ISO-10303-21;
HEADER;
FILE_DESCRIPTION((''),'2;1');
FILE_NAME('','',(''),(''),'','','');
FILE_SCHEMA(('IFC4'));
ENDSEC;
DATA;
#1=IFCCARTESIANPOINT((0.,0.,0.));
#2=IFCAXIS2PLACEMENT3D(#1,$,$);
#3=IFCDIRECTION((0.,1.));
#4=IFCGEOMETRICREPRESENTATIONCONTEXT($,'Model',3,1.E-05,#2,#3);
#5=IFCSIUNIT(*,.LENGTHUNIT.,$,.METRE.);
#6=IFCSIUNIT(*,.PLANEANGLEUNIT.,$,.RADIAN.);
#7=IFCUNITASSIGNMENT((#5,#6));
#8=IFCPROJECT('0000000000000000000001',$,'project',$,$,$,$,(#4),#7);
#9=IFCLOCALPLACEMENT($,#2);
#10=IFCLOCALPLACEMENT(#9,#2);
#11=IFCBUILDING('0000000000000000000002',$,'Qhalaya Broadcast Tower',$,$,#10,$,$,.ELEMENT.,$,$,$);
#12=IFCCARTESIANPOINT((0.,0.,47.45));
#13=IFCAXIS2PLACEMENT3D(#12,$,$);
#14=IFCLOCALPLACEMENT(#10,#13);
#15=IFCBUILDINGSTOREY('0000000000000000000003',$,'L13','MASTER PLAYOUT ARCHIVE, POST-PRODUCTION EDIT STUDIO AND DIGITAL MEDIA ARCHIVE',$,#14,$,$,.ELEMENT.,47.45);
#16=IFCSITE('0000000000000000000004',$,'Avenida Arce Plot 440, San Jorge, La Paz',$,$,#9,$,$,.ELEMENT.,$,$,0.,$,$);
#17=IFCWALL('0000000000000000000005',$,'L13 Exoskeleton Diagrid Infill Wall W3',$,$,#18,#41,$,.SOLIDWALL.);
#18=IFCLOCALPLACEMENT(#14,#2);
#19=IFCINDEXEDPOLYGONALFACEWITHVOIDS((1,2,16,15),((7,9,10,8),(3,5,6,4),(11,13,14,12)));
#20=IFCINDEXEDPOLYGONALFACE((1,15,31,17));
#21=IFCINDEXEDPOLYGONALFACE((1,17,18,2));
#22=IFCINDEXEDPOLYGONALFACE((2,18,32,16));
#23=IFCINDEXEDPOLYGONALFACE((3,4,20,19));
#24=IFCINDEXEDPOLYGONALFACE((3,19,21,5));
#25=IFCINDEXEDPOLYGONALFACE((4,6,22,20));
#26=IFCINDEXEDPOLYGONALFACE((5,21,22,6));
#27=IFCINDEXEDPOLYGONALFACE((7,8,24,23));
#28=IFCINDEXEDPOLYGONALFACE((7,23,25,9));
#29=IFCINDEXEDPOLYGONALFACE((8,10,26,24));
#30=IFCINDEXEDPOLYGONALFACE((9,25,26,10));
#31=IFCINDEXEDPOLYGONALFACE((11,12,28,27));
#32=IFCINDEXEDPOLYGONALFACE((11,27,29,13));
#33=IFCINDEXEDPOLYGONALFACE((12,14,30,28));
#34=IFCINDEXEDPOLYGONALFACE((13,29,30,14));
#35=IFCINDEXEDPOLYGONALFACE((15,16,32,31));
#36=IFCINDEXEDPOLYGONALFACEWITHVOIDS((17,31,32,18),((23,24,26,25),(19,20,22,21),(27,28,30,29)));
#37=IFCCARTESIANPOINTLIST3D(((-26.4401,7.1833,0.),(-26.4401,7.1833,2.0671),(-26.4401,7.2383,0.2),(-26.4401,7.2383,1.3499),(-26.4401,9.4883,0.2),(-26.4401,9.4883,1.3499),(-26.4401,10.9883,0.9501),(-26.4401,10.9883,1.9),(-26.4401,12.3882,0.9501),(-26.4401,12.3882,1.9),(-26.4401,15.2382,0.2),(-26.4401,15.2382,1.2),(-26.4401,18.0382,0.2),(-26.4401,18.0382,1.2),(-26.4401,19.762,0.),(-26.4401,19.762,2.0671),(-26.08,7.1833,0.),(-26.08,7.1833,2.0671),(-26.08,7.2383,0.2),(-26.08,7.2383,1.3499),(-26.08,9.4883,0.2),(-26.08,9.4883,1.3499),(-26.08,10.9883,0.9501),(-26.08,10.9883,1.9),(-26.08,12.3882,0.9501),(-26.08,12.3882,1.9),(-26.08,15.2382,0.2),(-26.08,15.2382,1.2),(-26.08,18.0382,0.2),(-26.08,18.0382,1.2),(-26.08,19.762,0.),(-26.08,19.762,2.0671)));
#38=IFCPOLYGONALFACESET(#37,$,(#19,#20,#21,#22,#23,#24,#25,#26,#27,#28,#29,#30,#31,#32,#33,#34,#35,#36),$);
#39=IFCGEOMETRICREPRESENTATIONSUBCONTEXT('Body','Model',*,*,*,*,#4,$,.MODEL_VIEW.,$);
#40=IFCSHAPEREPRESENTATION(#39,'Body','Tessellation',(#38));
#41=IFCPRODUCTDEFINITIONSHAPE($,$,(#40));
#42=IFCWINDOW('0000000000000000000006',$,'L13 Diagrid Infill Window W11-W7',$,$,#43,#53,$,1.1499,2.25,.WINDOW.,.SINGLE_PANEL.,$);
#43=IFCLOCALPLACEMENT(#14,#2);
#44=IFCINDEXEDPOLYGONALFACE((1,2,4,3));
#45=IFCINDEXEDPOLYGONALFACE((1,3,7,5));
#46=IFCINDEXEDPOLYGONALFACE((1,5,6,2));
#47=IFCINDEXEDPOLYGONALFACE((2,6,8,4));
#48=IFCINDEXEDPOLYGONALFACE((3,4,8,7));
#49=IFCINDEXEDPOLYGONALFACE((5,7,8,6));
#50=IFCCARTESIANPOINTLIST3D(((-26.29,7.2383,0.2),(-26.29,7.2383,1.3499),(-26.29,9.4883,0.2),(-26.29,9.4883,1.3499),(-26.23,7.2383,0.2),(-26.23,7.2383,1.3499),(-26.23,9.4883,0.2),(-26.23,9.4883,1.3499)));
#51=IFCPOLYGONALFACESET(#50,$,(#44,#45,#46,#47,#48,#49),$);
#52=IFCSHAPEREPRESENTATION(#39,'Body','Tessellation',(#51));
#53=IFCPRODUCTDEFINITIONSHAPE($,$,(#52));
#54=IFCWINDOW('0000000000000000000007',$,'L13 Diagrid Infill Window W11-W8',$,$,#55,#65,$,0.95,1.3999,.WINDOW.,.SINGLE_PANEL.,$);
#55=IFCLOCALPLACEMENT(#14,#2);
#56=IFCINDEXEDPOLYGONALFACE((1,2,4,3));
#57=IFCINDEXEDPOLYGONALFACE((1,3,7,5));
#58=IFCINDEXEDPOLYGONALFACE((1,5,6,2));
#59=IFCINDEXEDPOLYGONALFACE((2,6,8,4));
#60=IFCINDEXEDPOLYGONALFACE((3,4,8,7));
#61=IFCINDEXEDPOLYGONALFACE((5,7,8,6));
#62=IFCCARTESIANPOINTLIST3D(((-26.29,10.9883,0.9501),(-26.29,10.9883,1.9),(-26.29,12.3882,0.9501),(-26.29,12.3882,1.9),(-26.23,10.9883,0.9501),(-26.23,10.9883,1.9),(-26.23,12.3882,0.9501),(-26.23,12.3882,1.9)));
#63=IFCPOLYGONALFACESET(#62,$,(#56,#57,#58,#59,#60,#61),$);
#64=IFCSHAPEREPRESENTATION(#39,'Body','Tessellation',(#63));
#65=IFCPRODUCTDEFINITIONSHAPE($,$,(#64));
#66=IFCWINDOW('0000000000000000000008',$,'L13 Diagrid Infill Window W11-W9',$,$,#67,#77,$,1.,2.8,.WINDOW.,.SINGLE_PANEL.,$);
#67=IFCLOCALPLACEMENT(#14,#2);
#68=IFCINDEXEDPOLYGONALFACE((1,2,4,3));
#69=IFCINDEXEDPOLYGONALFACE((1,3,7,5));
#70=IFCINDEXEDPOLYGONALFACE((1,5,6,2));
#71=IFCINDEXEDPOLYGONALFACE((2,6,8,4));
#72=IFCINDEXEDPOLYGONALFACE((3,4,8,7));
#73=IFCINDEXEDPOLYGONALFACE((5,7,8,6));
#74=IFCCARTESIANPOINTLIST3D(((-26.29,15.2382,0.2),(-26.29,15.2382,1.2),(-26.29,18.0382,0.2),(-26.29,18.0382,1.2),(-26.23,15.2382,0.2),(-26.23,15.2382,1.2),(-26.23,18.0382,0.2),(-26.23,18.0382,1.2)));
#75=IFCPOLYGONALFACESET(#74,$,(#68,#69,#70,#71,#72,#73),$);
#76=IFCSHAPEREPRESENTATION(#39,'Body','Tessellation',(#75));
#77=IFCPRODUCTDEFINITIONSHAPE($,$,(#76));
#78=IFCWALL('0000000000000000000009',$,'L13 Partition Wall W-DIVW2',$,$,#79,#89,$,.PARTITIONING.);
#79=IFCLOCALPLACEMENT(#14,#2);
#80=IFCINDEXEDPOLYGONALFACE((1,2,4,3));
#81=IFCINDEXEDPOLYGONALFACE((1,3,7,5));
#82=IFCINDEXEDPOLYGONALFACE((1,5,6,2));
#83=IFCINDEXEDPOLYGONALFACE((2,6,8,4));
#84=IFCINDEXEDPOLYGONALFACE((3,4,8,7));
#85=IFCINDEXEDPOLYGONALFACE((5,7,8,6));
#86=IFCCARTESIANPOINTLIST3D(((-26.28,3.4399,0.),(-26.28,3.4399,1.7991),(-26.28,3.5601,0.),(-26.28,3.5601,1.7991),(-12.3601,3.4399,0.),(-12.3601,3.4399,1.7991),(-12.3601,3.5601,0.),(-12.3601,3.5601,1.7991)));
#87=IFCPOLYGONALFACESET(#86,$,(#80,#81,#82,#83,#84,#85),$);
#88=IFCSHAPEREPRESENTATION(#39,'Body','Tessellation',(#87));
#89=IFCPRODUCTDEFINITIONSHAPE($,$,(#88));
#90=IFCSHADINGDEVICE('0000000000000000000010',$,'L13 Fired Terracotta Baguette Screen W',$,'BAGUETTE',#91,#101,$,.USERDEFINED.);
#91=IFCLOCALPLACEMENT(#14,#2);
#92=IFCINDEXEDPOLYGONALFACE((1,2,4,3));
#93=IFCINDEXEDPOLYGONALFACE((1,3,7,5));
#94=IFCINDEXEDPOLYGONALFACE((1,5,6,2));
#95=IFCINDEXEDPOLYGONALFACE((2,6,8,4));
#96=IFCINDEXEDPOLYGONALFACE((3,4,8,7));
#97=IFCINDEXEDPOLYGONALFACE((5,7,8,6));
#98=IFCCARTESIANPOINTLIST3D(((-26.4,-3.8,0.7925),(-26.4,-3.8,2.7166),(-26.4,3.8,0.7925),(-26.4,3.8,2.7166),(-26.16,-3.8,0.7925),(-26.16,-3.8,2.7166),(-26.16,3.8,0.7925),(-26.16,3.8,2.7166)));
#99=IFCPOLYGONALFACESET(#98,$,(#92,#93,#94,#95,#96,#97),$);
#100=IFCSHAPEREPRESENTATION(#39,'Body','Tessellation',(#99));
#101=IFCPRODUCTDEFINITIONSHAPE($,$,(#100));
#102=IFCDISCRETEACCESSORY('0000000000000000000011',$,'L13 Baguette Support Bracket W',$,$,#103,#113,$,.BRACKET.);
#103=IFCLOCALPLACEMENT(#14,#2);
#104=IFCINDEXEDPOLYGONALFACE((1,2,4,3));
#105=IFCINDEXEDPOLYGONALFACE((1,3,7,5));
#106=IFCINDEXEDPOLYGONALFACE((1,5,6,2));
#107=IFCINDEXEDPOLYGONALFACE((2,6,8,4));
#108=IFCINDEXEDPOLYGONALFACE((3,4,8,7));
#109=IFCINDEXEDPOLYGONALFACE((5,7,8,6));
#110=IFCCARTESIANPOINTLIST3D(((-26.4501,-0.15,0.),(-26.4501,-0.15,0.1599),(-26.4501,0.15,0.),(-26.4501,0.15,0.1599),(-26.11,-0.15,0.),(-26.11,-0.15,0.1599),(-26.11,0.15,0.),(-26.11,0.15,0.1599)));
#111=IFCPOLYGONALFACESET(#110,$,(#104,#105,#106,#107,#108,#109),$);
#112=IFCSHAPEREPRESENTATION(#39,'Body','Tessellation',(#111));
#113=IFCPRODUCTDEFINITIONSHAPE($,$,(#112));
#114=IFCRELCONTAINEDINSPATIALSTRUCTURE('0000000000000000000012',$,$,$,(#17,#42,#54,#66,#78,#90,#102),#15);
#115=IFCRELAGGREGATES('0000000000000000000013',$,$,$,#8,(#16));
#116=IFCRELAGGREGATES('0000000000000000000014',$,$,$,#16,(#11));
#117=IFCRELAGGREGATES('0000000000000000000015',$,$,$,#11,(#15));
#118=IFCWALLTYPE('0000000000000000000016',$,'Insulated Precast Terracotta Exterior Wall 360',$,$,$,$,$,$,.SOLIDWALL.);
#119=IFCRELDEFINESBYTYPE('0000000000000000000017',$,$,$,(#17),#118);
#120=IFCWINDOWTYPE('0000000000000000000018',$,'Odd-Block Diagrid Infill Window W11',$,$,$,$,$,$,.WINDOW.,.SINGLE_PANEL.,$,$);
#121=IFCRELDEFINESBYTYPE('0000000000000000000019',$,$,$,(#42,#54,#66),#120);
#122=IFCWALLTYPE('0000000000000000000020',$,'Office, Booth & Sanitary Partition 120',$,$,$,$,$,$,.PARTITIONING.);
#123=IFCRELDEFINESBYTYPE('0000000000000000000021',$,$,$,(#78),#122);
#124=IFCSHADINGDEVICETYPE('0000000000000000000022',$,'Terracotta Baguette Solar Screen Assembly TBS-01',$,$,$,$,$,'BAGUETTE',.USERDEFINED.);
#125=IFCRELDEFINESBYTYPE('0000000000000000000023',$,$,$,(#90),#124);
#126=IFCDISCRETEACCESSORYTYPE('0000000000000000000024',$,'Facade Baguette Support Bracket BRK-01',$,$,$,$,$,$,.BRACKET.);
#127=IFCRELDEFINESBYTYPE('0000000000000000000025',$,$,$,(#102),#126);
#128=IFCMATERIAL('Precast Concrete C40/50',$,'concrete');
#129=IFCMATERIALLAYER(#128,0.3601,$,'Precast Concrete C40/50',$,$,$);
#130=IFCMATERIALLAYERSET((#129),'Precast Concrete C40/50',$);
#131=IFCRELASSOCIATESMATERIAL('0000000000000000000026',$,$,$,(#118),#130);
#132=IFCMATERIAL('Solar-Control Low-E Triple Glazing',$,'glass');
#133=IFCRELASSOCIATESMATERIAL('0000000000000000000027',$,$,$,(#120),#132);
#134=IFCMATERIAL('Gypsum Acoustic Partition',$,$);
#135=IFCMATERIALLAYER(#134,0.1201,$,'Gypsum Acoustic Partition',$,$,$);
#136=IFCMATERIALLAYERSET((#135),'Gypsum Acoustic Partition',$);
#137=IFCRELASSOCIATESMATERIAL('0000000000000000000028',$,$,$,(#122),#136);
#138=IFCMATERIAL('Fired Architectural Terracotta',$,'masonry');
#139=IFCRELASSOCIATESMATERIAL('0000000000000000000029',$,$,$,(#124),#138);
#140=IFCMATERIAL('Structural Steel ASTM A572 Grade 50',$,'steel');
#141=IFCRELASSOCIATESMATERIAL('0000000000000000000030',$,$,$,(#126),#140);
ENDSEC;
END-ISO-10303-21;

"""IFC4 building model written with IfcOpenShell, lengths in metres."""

from ifc_helpers import new_model, si_unit, direction, frame, frame_2d, origin, origin_2d, place, context, subcontext, project, spatial, rectangle, extrude, material, layer, layer_set, type_object, element, fill, save


model = new_model("IFC4")

# Units and contexts
model_context = context("Model", 3, precision=1e-05, world=origin(), true_north=direction((0.0, 1.0)))
body_context = subcontext(model_context, "Body", "Model", "MODEL_VIEW")
ifc_project = project(units=[si_unit("LENGTHUNIT", "METRE"), si_unit("PLANEANGLEUNIT", "RADIAN")], contexts=[model_context])

# Site, building, storey
site_placement = place(None, origin())
site = spatial("IfcSite", under=ifc_project, at=site_placement, Name="Avenida Arce Plot 440, San Jorge, La Paz", CompositionType="ELEMENT", RefElevation=0.0)
building_placement = place(site_placement, origin())
building = spatial("IfcBuilding", under=site, at=building_placement, Name="Qhalaya Broadcast Tower", CompositionType="ELEMENT")
storey_placement = place(building_placement, frame((0.0, 0.0, 47.45)))
storey = spatial("IfcBuildingStorey", under=building, at=storey_placement, Name="L13", Description="MASTER PLAYOUT ARCHIVE, POST-PRODUCTION EDIT STUDIO AND DIGITAL MEDIA ARCHIVE", CompositionType="ELEMENT", Elevation=47.45)

# Shared definitions
ifc_material_1 = material(Name="Structural Steel ASTM A572 Grade 50", Category="steel")

# Shared definitions
ifc_material_2 = material(Name="Gypsum Acoustic Partition")

# Wall, openings, windows
ifc_material_3 = material(Name="Precast Concrete C40/50", Category="concrete")
ifc_layer_1 = layer(ifc_material_3, 0.3601, Name="Precast Concrete C40/50")
ifc_layer_set_1 = layer_set([ifc_layer_1], Name="Precast Concrete C40/50")
wall_type_1 = type_object("IfcWallType", Name="Insulated Precast Terracotta Exterior Wall 360", PredefinedType="SOLIDWALL", material=ifc_layer_set_1)
wall_1_placement = place(storey_placement, frame((-26.26, 7.1833, 0.0), z_axis=(0.0, 0.0, 1.0), x_axis=(0.0, 1.0, 0.0)))
wall_1 = element("IfcWall", 1, at=wall_1_placement, inside=storey, type_object=wall_type_1, Name="L13 Exoskeleton Diagrid Infill Wall W3", PredefinedType="SOLIDWALL", context=body_context, shape_type="SweptSolid", body=[
    extrude(rectangle(XDim=12.5786, YDim=0.3601, at=frame_2d((6.2893, 0.0))), origin(), (0.0, 0.0, 1.0), 2.0671),
])
opening_1_placement = place(wall_1_placement, frame((0.0549, 0.0, 0.2)))
opening_1 = element("IfcOpeningElement", 2, at=opening_1_placement, cuts=wall_1, PredefinedType="OPENING", context=body_context, shape_type="SweptSolid", body=[
    extrude(rectangle(XDim=2.25, YDim=1.1499, at=frame_2d((1.125, 0.575))), frame((0.0, 0.1921, 0.0), z_axis=(0.0, -1.0, 0.0), x_axis=(1.0, 0.0, 0.0)), (0.0, 0.0, 1.0), 0.384),
])
opening_2_placement = place(wall_1_placement, frame((3.8049, 0.0, 0.95)))
opening_2 = element("IfcOpeningElement", 3, at=opening_2_placement, cuts=wall_1, PredefinedType="OPENING", context=body_context, shape_type="SweptSolid", body=[
    extrude(rectangle(XDim=1.3999, YDim=0.95, at=frame_2d((0.7, 0.4751))), frame((0.0, 0.1921, 0.0), z_axis=(0.0, -1.0, 0.0), x_axis=(1.0, 0.0, 0.0)), (0.0, 0.0, 1.0), 0.384),
])
opening_3_placement = place(wall_1_placement, frame((8.0549, 0.0, 0.2)))
opening_3 = element("IfcOpeningElement", 4, at=opening_3_placement, cuts=wall_1, PredefinedType="OPENING", context=body_context, shape_type="SweptSolid", body=[
    extrude(rectangle(XDim=2.8, YDim=1.0, at=frame_2d((1.3999, 0.5))), frame((0.0, 0.1921, 0.0), z_axis=(0.0, -1.0, 0.0), x_axis=(1.0, 0.0, 0.0)), (0.0, 0.0, 1.0), 0.384),
])
ifc_material_4 = material(Name="Solar-Control Low-E Triple Glazing", Category="glass")
window_type = type_object("IfcWindowType", Name="Odd-Block Diagrid Infill Window W11", PartitioningType="SINGLE_PANEL", PredefinedType="WINDOW", material=ifc_material_4)
window_1_placement = place(opening_1_placement, origin())
window_1 = element("IfcWindow", 5, at=window_1_placement, inside=storey, type_object=window_type, Name="L13 Diagrid Infill Window W11-W7", OverallHeight=1.1499, OverallWidth=2.25, PartitioningType="SINGLE_PANEL", PredefinedType="WINDOW", context=body_context, shape_type="SweptSolid", body=[
    extrude(rectangle(XDim=2.25, YDim=1.1499, at=frame_2d((1.125, 0.575))), frame((0.0, 0.03, 0.0), z_axis=(0.0, -1.0, 0.0), x_axis=(1.0, 0.0, 0.0)), (0.0, 0.0, 1.0), 0.0601),
])
fill(opening_1, window_1)
window_2_placement = place(opening_2_placement, origin())
window_2 = element("IfcWindow", 6, at=window_2_placement, inside=storey, type_object=window_type, Name="L13 Diagrid Infill Window W11-W8", OverallHeight=0.95, OverallWidth=1.3999, PartitioningType="SINGLE_PANEL", PredefinedType="WINDOW", context=body_context, shape_type="SweptSolid", body=[
    extrude(rectangle(XDim=1.3999, YDim=0.95, at=frame_2d((0.7, 0.4751))), frame((0.0, 0.03, 0.0), z_axis=(0.0, -1.0, 0.0), x_axis=(1.0, 0.0, 0.0)), (0.0, 0.0, 1.0), 0.0601),
])
fill(opening_2, window_2)
window_3_placement = place(opening_3_placement, origin())
window_3 = element("IfcWindow", 7, at=window_3_placement, inside=storey, type_object=window_type, Name="L13 Diagrid Infill Window W11-W9", OverallHeight=1.0, OverallWidth=2.8, PartitioningType="SINGLE_PANEL", PredefinedType="WINDOW", context=body_context, shape_type="SweptSolid", body=[
    extrude(rectangle(XDim=2.8, YDim=1.0, at=frame_2d((1.3999, 0.5))), frame((0.0, 0.03, 0.0), z_axis=(0.0, -1.0, 0.0), x_axis=(1.0, 0.0, 0.0)), (0.0, 0.0, 1.0), 0.0601),
])
fill(opening_3, window_3)

# Wall
ifc_layer_2 = layer(ifc_material_2, 0.1201, Name="Gypsum Acoustic Partition")
ifc_layer_set_2 = layer_set([ifc_layer_2], Name="Gypsum Acoustic Partition")
wall_type_2 = type_object("IfcWallType", Name="Office, Booth & Sanitary Partition 120", PredefinedType="PARTITIONING", material=ifc_layer_set_2)
wall_2_placement = place(storey_placement, frame((-26.28, 3.5, 0.0), z_axis=(0.0, 0.0, 1.0), x_axis=(1.0, 0.0, 0.0)))
element("IfcWall", 8, at=wall_2_placement, inside=storey, type_object=wall_type_2, Name="L13 Partition Wall W-DIVW2", PredefinedType="PARTITIONING", context=body_context, shape_type="SweptSolid", body=[
    extrude(rectangle(XDim=13.9199, YDim=0.1201, at=frame_2d((6.96, 0.0))), origin(), (0.0, 0.0, 1.0), 1.7991),
])

# Shading device
ifc_material_5 = material(Name="Fired Architectural Terracotta", Category="masonry")
shading_device_type = type_object("IfcShadingDeviceType", Name="Terracotta Baguette Solar Screen Assembly TBS-01", ElementType="BAGUETTE", PredefinedType="USERDEFINED", material=ifc_material_5)
shading_device_placement = place(storey_placement, frame((-26.28, 0.0, 0.7925), z_axis=(0.0, 0.0, 1.0), x_axis=(0.0, -1.0, 0.0)))
element("IfcShadingDevice", 9, at=shading_device_placement, inside=storey, type_object=shading_device_type, Name="L13 Fired Terracotta Baguette Screen W", ObjectType="BAGUETTE", PredefinedType="USERDEFINED", context=body_context, shape_type="SweptSolid", body=[
    extrude(rectangle(XDim=7.6001, YDim=0.24, at=origin_2d()), origin(), (0.0, 0.0, 1.0), 1.9241),
])

# Discrete accessory
discrete_accessory_type = type_object("IfcDiscreteAccessoryType", Name="Facade Baguette Support Bracket BRK-01", PredefinedType="BRACKET", material=ifc_material_1)
discrete_accessory_placement = place(storey_placement, frame((-26.28, 0.0, 0.0), z_axis=(0.0, 0.0, 1.0), x_axis=(0.0, -1.0, 0.0)))
element("IfcDiscreteAccessory", 10, at=discrete_accessory_placement, inside=storey, type_object=discrete_accessory_type, Name="L13 Baguette Support Bracket W", PredefinedType="BRACKET", context=body_context, shape_type="SweptSolid", body=[
    extrude(rectangle(XDim=0.3, YDim=0.3401, at=origin_2d()), origin(), (0.0, 0.0, 1.0), 0.1599),
])

save(model, "model.ifc")
